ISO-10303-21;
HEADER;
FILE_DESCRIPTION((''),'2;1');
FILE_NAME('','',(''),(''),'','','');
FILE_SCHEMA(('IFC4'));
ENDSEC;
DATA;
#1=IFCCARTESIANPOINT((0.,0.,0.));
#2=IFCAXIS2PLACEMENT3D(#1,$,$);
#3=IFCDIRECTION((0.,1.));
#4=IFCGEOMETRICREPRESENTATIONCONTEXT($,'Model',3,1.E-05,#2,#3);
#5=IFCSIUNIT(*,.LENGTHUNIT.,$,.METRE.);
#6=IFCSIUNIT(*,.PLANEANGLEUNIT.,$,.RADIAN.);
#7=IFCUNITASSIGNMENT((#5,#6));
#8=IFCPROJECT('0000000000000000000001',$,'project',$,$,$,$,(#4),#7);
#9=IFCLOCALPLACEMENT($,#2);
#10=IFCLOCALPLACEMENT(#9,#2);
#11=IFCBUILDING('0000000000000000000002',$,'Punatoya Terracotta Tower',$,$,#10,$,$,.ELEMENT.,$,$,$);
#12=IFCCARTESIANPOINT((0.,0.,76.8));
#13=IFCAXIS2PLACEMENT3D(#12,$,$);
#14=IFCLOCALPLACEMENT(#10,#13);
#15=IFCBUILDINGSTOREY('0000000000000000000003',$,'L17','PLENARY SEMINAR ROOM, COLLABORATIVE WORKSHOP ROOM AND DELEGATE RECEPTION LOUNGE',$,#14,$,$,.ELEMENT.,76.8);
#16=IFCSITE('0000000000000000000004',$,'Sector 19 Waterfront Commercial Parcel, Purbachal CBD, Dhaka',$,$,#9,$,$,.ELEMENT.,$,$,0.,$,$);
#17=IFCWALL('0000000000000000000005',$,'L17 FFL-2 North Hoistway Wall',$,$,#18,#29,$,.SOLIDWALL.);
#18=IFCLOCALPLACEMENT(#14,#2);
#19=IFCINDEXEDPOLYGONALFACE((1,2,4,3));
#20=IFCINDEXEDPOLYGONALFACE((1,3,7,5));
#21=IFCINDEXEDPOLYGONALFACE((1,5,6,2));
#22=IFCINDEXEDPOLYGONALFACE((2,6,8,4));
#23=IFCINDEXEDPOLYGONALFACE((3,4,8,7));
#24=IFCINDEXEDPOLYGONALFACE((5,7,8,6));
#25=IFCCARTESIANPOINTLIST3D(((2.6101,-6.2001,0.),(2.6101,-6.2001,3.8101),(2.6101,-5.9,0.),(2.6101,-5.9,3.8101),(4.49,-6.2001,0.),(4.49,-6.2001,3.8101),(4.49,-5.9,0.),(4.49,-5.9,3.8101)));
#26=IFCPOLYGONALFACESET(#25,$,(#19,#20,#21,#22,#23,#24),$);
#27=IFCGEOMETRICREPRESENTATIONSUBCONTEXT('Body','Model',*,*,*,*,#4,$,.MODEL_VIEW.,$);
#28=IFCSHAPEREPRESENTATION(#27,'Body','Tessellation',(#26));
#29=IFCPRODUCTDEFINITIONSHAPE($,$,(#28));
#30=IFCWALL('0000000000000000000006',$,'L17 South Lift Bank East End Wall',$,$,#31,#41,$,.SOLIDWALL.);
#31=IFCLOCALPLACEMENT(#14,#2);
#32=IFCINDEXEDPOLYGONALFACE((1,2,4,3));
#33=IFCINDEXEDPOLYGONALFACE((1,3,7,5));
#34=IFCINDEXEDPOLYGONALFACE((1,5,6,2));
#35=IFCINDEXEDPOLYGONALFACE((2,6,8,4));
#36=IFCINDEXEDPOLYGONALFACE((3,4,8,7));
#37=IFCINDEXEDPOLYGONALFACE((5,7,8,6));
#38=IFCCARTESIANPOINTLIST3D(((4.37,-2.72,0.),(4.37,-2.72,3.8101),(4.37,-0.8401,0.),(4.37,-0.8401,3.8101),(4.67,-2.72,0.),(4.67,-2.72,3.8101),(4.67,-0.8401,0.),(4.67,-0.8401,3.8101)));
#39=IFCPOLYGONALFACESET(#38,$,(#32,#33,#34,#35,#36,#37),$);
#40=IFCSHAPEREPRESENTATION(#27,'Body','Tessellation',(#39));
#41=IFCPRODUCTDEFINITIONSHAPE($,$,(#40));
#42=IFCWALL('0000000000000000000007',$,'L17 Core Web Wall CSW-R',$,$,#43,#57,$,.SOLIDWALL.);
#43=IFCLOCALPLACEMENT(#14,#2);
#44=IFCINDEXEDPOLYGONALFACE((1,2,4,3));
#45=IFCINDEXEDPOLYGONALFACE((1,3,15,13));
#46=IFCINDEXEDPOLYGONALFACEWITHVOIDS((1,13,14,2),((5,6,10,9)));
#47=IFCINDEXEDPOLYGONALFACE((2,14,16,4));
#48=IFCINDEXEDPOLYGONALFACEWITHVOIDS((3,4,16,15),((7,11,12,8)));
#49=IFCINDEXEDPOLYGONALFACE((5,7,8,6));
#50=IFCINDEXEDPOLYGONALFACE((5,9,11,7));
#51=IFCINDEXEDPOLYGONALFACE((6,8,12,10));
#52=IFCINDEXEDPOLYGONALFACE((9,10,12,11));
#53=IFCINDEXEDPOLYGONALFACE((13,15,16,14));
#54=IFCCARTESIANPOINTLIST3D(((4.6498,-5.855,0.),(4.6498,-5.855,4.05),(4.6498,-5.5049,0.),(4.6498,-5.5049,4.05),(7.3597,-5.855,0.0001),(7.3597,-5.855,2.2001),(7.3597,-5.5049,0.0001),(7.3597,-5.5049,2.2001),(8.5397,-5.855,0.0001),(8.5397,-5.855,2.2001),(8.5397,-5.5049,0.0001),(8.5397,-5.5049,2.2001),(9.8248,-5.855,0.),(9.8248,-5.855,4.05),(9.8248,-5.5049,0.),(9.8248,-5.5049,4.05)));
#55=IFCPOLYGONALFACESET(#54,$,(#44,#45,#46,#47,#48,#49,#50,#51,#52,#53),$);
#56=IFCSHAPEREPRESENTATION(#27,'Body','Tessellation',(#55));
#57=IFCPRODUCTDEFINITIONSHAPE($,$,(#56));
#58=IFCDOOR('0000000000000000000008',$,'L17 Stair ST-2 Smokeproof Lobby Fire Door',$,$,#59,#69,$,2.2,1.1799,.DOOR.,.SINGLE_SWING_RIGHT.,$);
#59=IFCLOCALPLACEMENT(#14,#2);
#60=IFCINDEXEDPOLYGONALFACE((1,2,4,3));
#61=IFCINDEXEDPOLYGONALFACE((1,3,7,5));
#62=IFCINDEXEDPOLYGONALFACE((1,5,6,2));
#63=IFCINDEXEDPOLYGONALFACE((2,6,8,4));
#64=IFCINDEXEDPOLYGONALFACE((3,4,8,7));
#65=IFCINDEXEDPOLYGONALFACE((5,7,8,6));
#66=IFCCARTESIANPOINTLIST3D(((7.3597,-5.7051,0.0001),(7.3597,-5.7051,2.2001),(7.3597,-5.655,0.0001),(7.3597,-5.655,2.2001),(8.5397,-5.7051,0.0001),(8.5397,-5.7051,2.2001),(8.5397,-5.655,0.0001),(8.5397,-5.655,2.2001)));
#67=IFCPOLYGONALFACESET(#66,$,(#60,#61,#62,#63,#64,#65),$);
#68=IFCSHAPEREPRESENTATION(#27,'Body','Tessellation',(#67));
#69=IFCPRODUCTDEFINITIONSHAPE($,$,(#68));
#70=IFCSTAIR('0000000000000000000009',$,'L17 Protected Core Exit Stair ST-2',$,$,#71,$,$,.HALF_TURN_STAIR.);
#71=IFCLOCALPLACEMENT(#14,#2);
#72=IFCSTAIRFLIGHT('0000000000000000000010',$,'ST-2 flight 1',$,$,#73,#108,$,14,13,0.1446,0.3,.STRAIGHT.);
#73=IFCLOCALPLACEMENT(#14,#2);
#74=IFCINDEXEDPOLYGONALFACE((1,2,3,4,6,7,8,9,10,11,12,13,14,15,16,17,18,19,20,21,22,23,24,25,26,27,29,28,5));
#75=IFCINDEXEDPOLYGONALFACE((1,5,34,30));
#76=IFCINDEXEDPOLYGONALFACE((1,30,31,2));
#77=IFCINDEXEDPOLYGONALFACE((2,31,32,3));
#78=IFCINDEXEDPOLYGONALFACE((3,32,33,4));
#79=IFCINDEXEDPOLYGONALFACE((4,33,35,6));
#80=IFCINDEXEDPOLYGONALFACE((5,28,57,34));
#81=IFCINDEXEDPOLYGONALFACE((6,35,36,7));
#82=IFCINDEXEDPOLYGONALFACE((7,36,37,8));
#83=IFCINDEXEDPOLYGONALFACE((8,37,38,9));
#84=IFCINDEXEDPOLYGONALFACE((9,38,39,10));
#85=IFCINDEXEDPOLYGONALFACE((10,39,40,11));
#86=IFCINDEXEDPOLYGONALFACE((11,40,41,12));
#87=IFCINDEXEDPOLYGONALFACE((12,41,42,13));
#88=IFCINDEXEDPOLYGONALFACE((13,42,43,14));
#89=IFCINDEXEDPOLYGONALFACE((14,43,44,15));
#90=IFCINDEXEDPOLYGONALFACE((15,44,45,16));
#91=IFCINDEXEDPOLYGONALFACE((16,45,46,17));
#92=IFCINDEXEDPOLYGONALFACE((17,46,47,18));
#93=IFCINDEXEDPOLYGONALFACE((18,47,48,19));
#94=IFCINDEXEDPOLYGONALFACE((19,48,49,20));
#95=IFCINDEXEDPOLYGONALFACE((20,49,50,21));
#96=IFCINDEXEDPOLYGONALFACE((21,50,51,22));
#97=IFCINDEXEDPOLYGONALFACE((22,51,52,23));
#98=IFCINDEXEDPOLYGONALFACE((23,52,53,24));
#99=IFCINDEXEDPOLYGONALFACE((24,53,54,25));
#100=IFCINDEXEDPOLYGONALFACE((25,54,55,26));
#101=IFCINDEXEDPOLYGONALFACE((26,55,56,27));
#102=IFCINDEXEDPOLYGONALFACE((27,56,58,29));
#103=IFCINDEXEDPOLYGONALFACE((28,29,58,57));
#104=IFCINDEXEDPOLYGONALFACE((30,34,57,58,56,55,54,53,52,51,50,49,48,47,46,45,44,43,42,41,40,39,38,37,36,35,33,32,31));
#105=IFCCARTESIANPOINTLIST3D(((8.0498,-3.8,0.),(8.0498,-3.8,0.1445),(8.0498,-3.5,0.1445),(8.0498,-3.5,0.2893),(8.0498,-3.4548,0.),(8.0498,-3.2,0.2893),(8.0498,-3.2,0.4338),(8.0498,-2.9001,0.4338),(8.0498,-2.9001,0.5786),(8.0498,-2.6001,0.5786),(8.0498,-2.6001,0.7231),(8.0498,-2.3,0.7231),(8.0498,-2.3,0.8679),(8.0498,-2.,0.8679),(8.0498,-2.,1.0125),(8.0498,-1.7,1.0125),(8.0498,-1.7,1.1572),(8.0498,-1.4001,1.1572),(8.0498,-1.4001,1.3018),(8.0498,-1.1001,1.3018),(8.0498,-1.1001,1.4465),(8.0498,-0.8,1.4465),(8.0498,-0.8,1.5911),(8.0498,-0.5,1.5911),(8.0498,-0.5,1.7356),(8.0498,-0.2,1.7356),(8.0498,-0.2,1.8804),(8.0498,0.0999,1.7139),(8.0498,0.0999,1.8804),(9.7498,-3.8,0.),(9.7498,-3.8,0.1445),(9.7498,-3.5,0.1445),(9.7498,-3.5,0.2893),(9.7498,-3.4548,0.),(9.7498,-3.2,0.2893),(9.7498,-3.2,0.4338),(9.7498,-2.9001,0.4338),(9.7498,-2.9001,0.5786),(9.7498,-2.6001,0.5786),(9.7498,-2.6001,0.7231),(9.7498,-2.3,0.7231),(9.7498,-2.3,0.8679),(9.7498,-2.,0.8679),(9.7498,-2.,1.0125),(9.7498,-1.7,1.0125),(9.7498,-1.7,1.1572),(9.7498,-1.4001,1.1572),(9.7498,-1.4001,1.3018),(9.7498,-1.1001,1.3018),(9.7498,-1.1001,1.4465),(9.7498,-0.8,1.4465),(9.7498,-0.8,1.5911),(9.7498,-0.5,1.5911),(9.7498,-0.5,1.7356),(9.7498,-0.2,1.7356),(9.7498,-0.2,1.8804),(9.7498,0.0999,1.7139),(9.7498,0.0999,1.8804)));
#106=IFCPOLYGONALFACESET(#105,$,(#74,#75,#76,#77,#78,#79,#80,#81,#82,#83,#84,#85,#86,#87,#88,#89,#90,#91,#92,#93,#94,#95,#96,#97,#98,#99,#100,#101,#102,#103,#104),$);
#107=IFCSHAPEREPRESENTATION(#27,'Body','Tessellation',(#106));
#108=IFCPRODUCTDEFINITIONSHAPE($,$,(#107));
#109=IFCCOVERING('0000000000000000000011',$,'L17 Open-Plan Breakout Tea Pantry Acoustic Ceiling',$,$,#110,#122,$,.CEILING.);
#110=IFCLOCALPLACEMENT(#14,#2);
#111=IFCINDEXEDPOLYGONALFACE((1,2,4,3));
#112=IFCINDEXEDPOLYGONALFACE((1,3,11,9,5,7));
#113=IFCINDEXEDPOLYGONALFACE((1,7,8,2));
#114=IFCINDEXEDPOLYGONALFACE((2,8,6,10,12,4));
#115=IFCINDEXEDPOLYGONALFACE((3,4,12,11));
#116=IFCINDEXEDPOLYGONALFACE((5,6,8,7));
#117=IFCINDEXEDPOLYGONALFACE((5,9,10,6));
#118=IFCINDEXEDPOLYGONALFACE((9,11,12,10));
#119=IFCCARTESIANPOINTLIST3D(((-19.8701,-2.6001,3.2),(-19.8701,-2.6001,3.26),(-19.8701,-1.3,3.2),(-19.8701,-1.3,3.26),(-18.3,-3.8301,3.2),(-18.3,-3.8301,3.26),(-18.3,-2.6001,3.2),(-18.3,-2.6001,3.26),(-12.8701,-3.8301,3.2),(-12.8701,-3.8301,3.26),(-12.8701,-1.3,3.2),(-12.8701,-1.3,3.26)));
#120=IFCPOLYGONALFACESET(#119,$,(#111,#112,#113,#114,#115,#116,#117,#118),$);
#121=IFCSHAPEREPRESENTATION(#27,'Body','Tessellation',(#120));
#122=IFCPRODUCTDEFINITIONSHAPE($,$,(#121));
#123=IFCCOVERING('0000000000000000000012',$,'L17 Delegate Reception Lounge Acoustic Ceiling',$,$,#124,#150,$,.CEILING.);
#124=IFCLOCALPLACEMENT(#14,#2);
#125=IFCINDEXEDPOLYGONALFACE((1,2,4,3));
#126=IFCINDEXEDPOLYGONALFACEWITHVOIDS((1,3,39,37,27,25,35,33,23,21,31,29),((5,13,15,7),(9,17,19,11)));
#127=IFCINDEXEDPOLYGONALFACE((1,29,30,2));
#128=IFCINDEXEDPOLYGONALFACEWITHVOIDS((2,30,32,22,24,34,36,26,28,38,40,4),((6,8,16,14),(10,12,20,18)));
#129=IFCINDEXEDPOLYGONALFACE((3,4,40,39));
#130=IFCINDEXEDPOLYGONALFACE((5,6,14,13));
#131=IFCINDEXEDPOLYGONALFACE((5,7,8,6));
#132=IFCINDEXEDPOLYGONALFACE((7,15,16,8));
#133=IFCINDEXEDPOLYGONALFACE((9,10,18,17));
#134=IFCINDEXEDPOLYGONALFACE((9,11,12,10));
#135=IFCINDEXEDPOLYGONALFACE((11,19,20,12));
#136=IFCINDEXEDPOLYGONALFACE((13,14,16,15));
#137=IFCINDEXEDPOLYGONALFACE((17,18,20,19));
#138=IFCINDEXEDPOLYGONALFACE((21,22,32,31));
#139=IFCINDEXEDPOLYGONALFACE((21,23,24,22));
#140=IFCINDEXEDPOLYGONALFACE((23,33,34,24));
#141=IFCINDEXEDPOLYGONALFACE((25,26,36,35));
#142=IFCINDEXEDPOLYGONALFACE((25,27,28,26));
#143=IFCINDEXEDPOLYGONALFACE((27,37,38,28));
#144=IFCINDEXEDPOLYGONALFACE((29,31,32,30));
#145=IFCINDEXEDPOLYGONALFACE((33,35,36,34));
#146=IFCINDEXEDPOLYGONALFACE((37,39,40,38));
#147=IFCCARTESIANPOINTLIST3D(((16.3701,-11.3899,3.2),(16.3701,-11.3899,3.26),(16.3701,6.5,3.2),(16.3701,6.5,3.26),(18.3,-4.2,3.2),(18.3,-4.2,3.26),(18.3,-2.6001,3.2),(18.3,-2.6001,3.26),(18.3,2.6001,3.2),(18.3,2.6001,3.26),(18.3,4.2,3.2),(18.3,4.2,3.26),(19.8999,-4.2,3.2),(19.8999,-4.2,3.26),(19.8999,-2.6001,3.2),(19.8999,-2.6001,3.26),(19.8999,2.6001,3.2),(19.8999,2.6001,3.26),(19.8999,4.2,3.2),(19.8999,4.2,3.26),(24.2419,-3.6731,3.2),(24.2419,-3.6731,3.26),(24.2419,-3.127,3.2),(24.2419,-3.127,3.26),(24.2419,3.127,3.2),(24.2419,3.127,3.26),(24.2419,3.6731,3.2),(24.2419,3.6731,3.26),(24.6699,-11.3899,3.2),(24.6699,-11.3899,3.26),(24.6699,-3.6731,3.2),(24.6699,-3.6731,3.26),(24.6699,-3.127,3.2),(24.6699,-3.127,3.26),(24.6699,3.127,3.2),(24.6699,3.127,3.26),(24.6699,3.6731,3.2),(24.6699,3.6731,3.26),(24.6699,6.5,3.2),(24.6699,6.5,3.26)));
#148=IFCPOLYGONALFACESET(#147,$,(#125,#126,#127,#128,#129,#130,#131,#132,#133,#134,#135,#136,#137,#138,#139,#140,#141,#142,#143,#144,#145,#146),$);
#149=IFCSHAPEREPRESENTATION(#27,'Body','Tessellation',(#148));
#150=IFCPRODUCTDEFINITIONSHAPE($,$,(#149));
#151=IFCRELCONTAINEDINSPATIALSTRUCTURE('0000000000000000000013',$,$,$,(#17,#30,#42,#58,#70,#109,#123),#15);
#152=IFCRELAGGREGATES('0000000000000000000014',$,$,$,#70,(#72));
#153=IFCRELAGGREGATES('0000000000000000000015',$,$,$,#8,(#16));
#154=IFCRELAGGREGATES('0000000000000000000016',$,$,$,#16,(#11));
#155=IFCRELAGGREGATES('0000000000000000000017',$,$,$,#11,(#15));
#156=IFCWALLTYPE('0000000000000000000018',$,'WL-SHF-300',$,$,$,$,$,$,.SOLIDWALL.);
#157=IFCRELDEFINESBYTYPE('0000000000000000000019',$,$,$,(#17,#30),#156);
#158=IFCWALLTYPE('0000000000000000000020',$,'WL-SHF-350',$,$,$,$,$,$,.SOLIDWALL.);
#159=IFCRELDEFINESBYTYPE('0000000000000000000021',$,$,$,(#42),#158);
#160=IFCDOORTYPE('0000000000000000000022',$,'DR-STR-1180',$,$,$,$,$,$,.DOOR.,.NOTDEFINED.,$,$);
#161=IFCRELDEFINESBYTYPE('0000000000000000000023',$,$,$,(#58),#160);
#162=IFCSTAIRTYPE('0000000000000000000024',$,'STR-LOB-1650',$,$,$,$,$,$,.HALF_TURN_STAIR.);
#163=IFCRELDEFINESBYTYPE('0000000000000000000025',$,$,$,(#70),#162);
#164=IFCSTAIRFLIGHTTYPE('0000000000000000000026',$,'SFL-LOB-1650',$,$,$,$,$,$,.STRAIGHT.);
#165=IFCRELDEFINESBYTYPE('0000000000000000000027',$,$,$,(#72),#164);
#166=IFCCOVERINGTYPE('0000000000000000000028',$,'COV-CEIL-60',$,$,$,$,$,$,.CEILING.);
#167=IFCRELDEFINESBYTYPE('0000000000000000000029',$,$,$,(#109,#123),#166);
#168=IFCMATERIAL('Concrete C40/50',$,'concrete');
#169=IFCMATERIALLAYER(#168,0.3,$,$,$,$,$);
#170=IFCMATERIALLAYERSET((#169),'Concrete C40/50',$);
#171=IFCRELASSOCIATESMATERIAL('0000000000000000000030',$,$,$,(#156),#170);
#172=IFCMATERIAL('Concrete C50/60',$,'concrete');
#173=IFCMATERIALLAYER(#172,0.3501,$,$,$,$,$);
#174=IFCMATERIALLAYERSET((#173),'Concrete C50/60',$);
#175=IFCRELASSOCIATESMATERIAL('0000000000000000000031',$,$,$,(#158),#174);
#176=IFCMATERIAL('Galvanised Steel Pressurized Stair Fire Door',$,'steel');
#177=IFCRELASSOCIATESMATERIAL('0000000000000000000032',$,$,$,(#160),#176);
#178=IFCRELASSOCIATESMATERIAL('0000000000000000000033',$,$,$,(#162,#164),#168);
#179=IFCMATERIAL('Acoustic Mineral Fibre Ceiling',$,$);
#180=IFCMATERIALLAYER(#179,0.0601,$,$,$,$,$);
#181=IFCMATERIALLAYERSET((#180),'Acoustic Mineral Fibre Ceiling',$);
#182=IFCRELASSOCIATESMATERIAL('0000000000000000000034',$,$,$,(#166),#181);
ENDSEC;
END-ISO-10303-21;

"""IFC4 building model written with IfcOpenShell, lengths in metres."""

from ifc_helpers import new_model, si_unit, direction, frame, frame_2d, origin, place, context, subcontext, project, spatial, polyline, rectangle, outline, extrude, material, layer, layer_set, type_object, element, fill, aggregate, save


model = new_model("IFC4")

# Units and contexts
model_context = context("Model", 3, precision=1e-05, world=origin(), true_north=direction((0.0, 1.0)))
body_context = subcontext(model_context, "Body", "Model", "MODEL_VIEW")
ifc_project = project(units=[si_unit("LENGTHUNIT", "METRE"), si_unit("PLANEANGLEUNIT", "RADIAN")], contexts=[model_context])

# Site, building, storey
site_placement = place(None, origin())
site = spatial("IfcSite", under=ifc_project, at=site_placement, Name="Sector 19 Waterfront Commercial Parcel, Purbachal CBD, Dhaka", CompositionType="ELEMENT", RefElevation=0.0)
building_placement = place(site_placement, origin())
building = spatial("IfcBuilding", under=site, at=building_placement, Name="Punatoya Terracotta Tower", CompositionType="ELEMENT")
storey_placement = place(building_placement, frame((0.0, 0.0, 76.8)))
storey = spatial("IfcBuildingStorey", under=building, at=storey_placement, Name="L17", Description="PLENARY SEMINAR ROOM, COLLABORATIVE WORKSHOP ROOM AND DELEGATE RECEPTION LOUNGE", CompositionType="ELEMENT", Elevation=76.8)

# Shared definitions
ifc_material_1 = material(Name="Concrete C40/50", Category="concrete")

# Shared definitions
ifc_layer_1 = layer(ifc_material_1, 0.3)
ifc_layer_set_1 = layer_set([ifc_layer_1], Name="Concrete C40/50")
wall_type_1 = type_object("IfcWallType", Name="WL-SHF-300", PredefinedType="SOLIDWALL", material=ifc_layer_set_1)

# Walls
for number, where, z_axis, x_axis, name in (
    (1, (2.6101, -6.05, 0.0), (0.0, 0.0, 1.0), (1.0, 0.0, 0.0), "L17 FFL-2 North Hoistway Wall"),
    (2, (4.52, -2.72, 0.0), (0.0, 0.0, 1.0), (0.0, 1.0, 0.0), "L17 South Lift Bank East End Wall"),
):
    element("IfcWall", number, at=place(storey_placement, frame(where, z_axis=z_axis, x_axis=x_axis)), inside=storey, type_object=wall_type_1, Name=name, PredefinedType="SOLIDWALL", context=body_context, shape_type="SweptSolid", body=[
        extrude(rectangle(XDim=1.8799, YDim=0.3, at=frame_2d((0.9399, 0.0))), origin(), (0.0, 0.0, 1.0), 3.8101),
    ])

# Wall, opening, door
ifc_material_2 = material(Name="Concrete C50/60", Category="concrete")
ifc_layer_2 = layer(ifc_material_2, 0.3501)
ifc_layer_set_2 = layer_set([ifc_layer_2], Name="Concrete C50/60")
wall_type_2 = type_object("IfcWallType", Name="WL-SHF-350", PredefinedType="SOLIDWALL", material=ifc_layer_set_2)
wall_1_placement = place(storey_placement, frame((4.6499, -5.6799, 0.0), z_axis=(0.0, 0.0, 1.0), x_axis=(1.0, 0.0, 0.0)))
wall_1 = element("IfcWall", 3, at=wall_1_placement, inside=storey, type_object=wall_type_2, Name="L17 Core Web Wall CSW-R", PredefinedType="SOLIDWALL", context=body_context, shape_type="SweptSolid", body=[
    extrude(rectangle(XDim=5.175, YDim=0.3501, at=frame_2d((2.5874, 0.0))), origin(), (0.0, 0.0, 1.0), 4.05),
])
opening_1_placement = place(wall_1_placement, frame((2.71, 0.0, 0.0)))
opening_1 = element("IfcOpeningElement", 4, at=opening_1_placement, cuts=wall_1, PredefinedType="OPENING", context=body_context, shape_type="SweptSolid", body=[
    extrude(rectangle(XDim=1.1799, YDim=2.2, at=frame_2d((0.5898, 1.1001))), frame((0.0, 0.1851, 0.0), z_axis=(0.0, -1.0, 0.0), x_axis=(1.0, 0.0, 0.0)), (0.0, 0.0, 1.0), 0.3701),
])
ifc_material_3 = material(Name="Galvanised Steel Pressurized Stair Fire Door", Category="steel")
door_type_1 = type_object("IfcDoorType", Name="DR-STR-1180", OperationType="NOTDEFINED", PredefinedType="DOOR", material=ifc_material_3)
door_1_placement = place(opening_1_placement, origin())
door_1 = element("IfcDoor", 5, at=door_1_placement, inside=storey, type_object=door_type_1, Name="L17 Stair ST-2 Smokeproof Lobby Fire Door", OperationType="SINGLE_SWING_RIGHT", OverallHeight=2.2, OverallWidth=1.1799, PredefinedType="DOOR", context=body_context, shape_type="SweptSolid", body=[
    extrude(rectangle(XDim=1.1799, YDim=2.2, at=frame_2d((0.5898, 1.1001))), frame((0.0, 0.0249, 0.0), z_axis=(0.0, -1.0, 0.0), x_axis=(1.0, 0.0, 0.0)), (0.0, 0.0, 1.0), 0.05),
])
fill(opening_1, door_1)

# Stair, stair flight
stair_type = type_object("IfcStairType", Name="STR-LOB-1650", PredefinedType="HALF_TURN_STAIR", material=ifc_material_1)
stair_placement = place(storey_placement, origin())
stair = element("IfcStair", 6, at=stair_placement, inside=storey, type_object=stair_type, Name="L17 Protected Core Exit Stair ST-2", PredefinedType="HALF_TURN_STAIR")
stair_flight_type = type_object("IfcStairFlightType", Name="SFL-LOB-1650", PredefinedType="STRAIGHT", material=ifc_material_1)
stair_flight_placement = place(storey_placement, frame((8.8999, -3.8, 0.0), z_axis=(0.0, 0.0, 1.0), x_axis=(0.0, 1.0, 0.0)))
stair_flight = element("IfcStairFlight", 7, at=stair_flight_placement, type_object=stair_flight_type, Name="ST-2 flight 1", NumberOfRisers=14, NumberOfTreads=13, PredefinedType="STRAIGHT", RiserHeight=0.1446, TreadLength=0.3, context=body_context, shape_type="SweptSolid", body=[
    extrude(outline(polyline([(0.0, 0.0), (0.0, 0.1445), (0.3, 0.1445), (0.3, 0.2893), (0.6001, 0.2893), (0.6001, 0.4338), (0.8999, 0.4338), (0.8999, 0.5786), (1.2, 0.5786), (1.2, 0.7231), (1.5, 0.7231), (1.5, 0.8679), (1.8, 0.8679), (1.8, 1.0125), (2.1001, 1.0125), (2.1001, 1.1572), (2.3999, 1.1572), (2.3999, 1.3018), (2.7, 1.3018), (2.7, 1.4465), (3.0, 1.4465), (3.0, 1.5911), (3.3, 1.5911), (3.3, 1.7356), (3.6001, 1.7356), (3.6001, 1.8804), (3.8999, 1.8804), (3.8999, 2.0249), (3.8999, 1.7139), (0.3452, 0.0), (0.0, 0.0)])), frame((0.0, 0.8501, 0.0), z_axis=(0.0, -1.0, 0.0), x_axis=(1.0, 0.0, 0.0)), (0.0, 0.0, 1.0), 1.7),
])
aggregate(stair, [stair_flight])

# Coverings
ifc_material_4 = material(Name="Acoustic Mineral Fibre Ceiling")
ifc_layer_3 = layer(ifc_material_4, 0.0601)
ifc_layer_set_3 = layer_set([ifc_layer_3], Name="Acoustic Mineral Fibre Ceiling")
covering_type = type_object("IfcCoveringType", Name="COV-CEIL-60", PredefinedType="CEILING", material=ifc_layer_set_3)
covering_1_placement = place(storey_placement, frame((0.0, 0.0, 3.2)))
element("IfcCovering", 8, at=covering_1_placement, inside=storey, type_object=covering_type, Name="L17 Open-Plan Breakout Tea Pantry Acoustic Ceiling", PredefinedType="CEILING", context=body_context, shape_type="SweptSolid", body=[
    extrude(outline(polyline([(-12.8701, -3.8301), (-12.8701, -1.3), (-19.8701, -1.3), (-19.8701, -2.6001), (-18.3, -2.6001), (-18.3, -3.8301), (-12.8701, -3.8301)])), origin(), (0.0, 0.0, 1.0), 0.0601),
])
covering_2_placement = place(storey_placement, frame((0.0, 0.0, 3.2)))
element("IfcCovering", 9, at=covering_2_placement, inside=storey, type_object=covering_type, Name="L17 Delegate Reception Lounge Acoustic Ceiling", PredefinedType="CEILING", context=body_context, shape_type="SweptSolid", body=[
    extrude(outline(polyline([(24.2419, -3.6731), (24.2419, -3.127), (24.6699, -3.127), (24.6699, 3.127), (24.2419, 3.127), (24.2419, 3.6731), (24.6699, 3.6731), (24.6699, 6.5), (16.3701, 6.5), (16.3701, -11.3899), (24.6699, -11.3899), (24.6699, -3.6731), (24.2419, -3.6731)]), holes=[polyline([(18.3, -4.2), (18.3, -2.6001), (19.8999, -2.6001), (19.8999, -4.2), (18.3, -4.2)]), polyline([(18.3, 4.2), (19.8999, 4.2), (19.8999, 2.6001), (18.3, 2.6001), (18.3, 4.2)])]), origin(), (0.0, 0.0, 1.0), 0.0601),
])

save(model, "model.ifc")
